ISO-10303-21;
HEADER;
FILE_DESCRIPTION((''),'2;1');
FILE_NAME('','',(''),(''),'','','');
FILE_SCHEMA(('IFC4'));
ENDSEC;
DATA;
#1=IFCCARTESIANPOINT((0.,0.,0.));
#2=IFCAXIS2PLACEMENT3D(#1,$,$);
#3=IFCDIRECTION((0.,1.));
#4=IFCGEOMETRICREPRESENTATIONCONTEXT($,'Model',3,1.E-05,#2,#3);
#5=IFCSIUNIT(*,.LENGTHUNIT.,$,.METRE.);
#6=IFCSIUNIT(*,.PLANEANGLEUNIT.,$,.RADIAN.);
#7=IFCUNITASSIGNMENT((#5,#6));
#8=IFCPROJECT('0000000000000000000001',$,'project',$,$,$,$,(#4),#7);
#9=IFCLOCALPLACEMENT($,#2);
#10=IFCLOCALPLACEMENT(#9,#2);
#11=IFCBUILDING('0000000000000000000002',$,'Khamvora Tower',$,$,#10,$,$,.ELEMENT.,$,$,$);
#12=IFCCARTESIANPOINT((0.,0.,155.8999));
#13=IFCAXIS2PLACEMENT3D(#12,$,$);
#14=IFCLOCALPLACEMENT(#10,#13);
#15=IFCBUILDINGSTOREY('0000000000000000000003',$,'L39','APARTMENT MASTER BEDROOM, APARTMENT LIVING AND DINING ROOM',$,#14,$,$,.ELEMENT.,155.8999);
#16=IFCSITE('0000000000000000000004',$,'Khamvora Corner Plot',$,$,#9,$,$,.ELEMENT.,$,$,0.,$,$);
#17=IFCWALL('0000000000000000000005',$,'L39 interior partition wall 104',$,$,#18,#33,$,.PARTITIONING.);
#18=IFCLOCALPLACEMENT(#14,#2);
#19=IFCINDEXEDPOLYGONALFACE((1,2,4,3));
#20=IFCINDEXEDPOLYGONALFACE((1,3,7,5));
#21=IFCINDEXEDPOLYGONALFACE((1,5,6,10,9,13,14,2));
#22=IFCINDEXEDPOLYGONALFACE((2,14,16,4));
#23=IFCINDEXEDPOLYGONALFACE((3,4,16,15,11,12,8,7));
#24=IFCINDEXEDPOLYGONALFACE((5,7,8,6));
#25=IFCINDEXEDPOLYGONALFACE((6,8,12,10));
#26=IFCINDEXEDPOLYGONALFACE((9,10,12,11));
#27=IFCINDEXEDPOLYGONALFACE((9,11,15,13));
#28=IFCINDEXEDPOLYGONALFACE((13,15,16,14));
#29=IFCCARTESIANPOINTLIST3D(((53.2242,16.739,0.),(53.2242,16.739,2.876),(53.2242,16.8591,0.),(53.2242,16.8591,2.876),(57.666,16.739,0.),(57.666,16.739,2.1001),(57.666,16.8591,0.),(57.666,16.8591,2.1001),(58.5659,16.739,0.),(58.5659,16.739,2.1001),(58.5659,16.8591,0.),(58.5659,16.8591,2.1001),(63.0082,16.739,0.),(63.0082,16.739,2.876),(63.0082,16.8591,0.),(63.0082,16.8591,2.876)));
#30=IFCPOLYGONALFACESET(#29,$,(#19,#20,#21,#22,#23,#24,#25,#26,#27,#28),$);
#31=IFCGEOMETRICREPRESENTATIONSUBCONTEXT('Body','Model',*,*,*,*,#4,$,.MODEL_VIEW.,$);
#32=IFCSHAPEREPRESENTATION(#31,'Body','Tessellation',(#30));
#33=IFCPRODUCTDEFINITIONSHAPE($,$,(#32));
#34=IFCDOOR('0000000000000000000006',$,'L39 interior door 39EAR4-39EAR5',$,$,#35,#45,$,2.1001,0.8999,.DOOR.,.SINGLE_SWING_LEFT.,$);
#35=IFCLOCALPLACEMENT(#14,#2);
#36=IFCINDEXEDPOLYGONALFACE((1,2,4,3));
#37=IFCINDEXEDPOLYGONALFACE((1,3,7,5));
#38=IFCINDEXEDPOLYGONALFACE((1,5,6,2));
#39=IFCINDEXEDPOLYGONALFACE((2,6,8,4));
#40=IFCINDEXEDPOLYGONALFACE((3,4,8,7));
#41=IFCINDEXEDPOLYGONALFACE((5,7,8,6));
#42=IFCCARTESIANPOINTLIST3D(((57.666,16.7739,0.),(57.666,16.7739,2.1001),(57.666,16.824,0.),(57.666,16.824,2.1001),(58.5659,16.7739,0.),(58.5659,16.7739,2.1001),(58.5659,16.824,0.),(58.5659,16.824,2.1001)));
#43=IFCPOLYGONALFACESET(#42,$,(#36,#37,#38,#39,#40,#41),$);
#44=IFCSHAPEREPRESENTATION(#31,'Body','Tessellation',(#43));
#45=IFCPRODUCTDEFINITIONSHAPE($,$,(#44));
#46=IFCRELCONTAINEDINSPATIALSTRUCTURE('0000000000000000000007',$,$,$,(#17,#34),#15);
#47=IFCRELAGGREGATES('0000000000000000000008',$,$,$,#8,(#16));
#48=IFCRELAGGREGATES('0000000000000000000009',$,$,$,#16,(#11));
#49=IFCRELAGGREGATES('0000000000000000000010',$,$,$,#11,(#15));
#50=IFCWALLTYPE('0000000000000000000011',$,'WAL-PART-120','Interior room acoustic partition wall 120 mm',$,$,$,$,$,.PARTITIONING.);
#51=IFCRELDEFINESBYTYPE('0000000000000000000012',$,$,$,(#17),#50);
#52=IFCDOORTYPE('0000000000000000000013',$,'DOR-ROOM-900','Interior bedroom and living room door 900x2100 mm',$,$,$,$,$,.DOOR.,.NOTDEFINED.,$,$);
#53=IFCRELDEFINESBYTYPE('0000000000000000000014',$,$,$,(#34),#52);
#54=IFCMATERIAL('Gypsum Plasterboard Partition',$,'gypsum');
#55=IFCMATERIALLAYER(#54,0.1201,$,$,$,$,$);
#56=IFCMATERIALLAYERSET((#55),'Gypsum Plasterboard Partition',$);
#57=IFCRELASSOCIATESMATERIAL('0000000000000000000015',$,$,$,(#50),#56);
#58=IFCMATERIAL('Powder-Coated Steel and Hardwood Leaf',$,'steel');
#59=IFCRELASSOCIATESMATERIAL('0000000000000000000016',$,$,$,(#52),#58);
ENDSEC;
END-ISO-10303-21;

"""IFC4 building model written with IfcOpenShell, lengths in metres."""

from ifc_helpers import new_model, si_unit, direction, frame, frame_2d, origin, place, context, subcontext, project, spatial, rectangle, extrude, material, layer, layer_set, type_object, element, fill, save


model = new_model("IFC4")

# Units and contexts
model_context = context("Model", 3, precision=1e-05, world=origin(), true_north=direction((0.0, 1.0)))
body_context = subcontext(model_context, "Body", "Model", "MODEL_VIEW")
ifc_project = project(units=[si_unit("LENGTHUNIT", "METRE"), si_unit("PLANEANGLEUNIT", "RADIAN")], contexts=[model_context])

# Site, building, storey
site_placement = place(None, origin())
site = spatial("IfcSite", under=ifc_project, at=site_placement, Name="Khamvora Corner Plot", CompositionType="ELEMENT", RefElevation=0.0)
building_placement = place(site_placement, origin())
building = spatial("IfcBuilding", under=site, at=building_placement, Name="Khamvora Tower", CompositionType="ELEMENT")
storey_placement = place(building_placement, frame((0.0, 0.0, 155.8999)))
storey = spatial("IfcBuildingStorey", under=building, at=storey_placement, Name="L39", Description="APARTMENT MASTER BEDROOM, APARTMENT LIVING AND DINING ROOM", CompositionType="ELEMENT", Elevation=155.8999)

# Wall, opening, door
ifc_material_1 = material(Name="Gypsum Plasterboard Partition", Category="gypsum")
ifc_layer_1 = layer(ifc_material_1, 0.1201)
ifc_layer_set_1 = layer_set([ifc_layer_1], Name="Gypsum Plasterboard Partition")
wall_type_1 = type_object("IfcWallType", Name="WAL-PART-120", Description="Interior room acoustic partition wall 120 mm", PredefinedType="PARTITIONING", material=ifc_layer_set_1)
ifc_material_2 = material(Name="Powder-Coated Steel and Hardwood Leaf", Category="steel")
door_type = type_object("IfcDoorType", Name="DOR-ROOM-900", Description="Interior bedroom and living room door 900x2100 mm", OperationType="NOTDEFINED", PredefinedType="DOOR", material=ifc_material_2)
wall_1_placement = place(storey_placement, frame((53.2241, 16.7991, 0.0), z_axis=(0.0, 0.0, 1.0), x_axis=(1.0, 0.0, 0.0)))
wall_1 = element("IfcWall", 1, at=wall_1_placement, inside=storey, type_object=wall_type_1, Name="L39 interior partition wall 104", PredefinedType="PARTITIONING", context=body_context, shape_type="SweptSolid", body=[
    extrude(rectangle(XDim=9.7839, YDim=0.1201, at=frame_2d((4.8921, 0.0))), origin(), (0.0, 0.0, 1.0), 2.876),
])
opening_1_placement = place(wall_1_placement, frame((4.4419, 0.0, 0.0)))
opening_1 = element("IfcOpeningElement", 2, at=opening_1_placement, cuts=wall_1, PredefinedType="OPENING", context=body_context, shape_type="SweptSolid", body=[
    extrude(rectangle(XDim=0.8999, YDim=2.1001, at=frame_2d((0.45, 1.05))), frame((0.0, 0.0701, 0.0), z_axis=(0.0, -1.0, 0.0), x_axis=(1.0, 0.0, 0.0)), (0.0, 0.0, 1.0), 0.1401),
])
door_1_placement = place(opening_1_placement, origin())
door_1 = element("IfcDoor", 3, at=door_1_placement, inside=storey, type_object=door_type, Name="L39 interior door 39EAR4-39EAR5", OperationType="SINGLE_SWING_LEFT", OverallHeight=2.1001, OverallWidth=0.8999, PredefinedType="DOOR", context=body_context, shape_type="SweptSolid", body=[
    extrude(rectangle(XDim=0.8999, YDim=2.1001, at=frame_2d((0.45, 1.05))), frame((0.0, 0.0249, 0.0), z_axis=(0.0, -1.0, 0.0), x_axis=(1.0, 0.0, 0.0)), (0.0, 0.0, 1.0), 0.05),
])
fill(opening_1, door_1)

save(model, "model.ifc")
